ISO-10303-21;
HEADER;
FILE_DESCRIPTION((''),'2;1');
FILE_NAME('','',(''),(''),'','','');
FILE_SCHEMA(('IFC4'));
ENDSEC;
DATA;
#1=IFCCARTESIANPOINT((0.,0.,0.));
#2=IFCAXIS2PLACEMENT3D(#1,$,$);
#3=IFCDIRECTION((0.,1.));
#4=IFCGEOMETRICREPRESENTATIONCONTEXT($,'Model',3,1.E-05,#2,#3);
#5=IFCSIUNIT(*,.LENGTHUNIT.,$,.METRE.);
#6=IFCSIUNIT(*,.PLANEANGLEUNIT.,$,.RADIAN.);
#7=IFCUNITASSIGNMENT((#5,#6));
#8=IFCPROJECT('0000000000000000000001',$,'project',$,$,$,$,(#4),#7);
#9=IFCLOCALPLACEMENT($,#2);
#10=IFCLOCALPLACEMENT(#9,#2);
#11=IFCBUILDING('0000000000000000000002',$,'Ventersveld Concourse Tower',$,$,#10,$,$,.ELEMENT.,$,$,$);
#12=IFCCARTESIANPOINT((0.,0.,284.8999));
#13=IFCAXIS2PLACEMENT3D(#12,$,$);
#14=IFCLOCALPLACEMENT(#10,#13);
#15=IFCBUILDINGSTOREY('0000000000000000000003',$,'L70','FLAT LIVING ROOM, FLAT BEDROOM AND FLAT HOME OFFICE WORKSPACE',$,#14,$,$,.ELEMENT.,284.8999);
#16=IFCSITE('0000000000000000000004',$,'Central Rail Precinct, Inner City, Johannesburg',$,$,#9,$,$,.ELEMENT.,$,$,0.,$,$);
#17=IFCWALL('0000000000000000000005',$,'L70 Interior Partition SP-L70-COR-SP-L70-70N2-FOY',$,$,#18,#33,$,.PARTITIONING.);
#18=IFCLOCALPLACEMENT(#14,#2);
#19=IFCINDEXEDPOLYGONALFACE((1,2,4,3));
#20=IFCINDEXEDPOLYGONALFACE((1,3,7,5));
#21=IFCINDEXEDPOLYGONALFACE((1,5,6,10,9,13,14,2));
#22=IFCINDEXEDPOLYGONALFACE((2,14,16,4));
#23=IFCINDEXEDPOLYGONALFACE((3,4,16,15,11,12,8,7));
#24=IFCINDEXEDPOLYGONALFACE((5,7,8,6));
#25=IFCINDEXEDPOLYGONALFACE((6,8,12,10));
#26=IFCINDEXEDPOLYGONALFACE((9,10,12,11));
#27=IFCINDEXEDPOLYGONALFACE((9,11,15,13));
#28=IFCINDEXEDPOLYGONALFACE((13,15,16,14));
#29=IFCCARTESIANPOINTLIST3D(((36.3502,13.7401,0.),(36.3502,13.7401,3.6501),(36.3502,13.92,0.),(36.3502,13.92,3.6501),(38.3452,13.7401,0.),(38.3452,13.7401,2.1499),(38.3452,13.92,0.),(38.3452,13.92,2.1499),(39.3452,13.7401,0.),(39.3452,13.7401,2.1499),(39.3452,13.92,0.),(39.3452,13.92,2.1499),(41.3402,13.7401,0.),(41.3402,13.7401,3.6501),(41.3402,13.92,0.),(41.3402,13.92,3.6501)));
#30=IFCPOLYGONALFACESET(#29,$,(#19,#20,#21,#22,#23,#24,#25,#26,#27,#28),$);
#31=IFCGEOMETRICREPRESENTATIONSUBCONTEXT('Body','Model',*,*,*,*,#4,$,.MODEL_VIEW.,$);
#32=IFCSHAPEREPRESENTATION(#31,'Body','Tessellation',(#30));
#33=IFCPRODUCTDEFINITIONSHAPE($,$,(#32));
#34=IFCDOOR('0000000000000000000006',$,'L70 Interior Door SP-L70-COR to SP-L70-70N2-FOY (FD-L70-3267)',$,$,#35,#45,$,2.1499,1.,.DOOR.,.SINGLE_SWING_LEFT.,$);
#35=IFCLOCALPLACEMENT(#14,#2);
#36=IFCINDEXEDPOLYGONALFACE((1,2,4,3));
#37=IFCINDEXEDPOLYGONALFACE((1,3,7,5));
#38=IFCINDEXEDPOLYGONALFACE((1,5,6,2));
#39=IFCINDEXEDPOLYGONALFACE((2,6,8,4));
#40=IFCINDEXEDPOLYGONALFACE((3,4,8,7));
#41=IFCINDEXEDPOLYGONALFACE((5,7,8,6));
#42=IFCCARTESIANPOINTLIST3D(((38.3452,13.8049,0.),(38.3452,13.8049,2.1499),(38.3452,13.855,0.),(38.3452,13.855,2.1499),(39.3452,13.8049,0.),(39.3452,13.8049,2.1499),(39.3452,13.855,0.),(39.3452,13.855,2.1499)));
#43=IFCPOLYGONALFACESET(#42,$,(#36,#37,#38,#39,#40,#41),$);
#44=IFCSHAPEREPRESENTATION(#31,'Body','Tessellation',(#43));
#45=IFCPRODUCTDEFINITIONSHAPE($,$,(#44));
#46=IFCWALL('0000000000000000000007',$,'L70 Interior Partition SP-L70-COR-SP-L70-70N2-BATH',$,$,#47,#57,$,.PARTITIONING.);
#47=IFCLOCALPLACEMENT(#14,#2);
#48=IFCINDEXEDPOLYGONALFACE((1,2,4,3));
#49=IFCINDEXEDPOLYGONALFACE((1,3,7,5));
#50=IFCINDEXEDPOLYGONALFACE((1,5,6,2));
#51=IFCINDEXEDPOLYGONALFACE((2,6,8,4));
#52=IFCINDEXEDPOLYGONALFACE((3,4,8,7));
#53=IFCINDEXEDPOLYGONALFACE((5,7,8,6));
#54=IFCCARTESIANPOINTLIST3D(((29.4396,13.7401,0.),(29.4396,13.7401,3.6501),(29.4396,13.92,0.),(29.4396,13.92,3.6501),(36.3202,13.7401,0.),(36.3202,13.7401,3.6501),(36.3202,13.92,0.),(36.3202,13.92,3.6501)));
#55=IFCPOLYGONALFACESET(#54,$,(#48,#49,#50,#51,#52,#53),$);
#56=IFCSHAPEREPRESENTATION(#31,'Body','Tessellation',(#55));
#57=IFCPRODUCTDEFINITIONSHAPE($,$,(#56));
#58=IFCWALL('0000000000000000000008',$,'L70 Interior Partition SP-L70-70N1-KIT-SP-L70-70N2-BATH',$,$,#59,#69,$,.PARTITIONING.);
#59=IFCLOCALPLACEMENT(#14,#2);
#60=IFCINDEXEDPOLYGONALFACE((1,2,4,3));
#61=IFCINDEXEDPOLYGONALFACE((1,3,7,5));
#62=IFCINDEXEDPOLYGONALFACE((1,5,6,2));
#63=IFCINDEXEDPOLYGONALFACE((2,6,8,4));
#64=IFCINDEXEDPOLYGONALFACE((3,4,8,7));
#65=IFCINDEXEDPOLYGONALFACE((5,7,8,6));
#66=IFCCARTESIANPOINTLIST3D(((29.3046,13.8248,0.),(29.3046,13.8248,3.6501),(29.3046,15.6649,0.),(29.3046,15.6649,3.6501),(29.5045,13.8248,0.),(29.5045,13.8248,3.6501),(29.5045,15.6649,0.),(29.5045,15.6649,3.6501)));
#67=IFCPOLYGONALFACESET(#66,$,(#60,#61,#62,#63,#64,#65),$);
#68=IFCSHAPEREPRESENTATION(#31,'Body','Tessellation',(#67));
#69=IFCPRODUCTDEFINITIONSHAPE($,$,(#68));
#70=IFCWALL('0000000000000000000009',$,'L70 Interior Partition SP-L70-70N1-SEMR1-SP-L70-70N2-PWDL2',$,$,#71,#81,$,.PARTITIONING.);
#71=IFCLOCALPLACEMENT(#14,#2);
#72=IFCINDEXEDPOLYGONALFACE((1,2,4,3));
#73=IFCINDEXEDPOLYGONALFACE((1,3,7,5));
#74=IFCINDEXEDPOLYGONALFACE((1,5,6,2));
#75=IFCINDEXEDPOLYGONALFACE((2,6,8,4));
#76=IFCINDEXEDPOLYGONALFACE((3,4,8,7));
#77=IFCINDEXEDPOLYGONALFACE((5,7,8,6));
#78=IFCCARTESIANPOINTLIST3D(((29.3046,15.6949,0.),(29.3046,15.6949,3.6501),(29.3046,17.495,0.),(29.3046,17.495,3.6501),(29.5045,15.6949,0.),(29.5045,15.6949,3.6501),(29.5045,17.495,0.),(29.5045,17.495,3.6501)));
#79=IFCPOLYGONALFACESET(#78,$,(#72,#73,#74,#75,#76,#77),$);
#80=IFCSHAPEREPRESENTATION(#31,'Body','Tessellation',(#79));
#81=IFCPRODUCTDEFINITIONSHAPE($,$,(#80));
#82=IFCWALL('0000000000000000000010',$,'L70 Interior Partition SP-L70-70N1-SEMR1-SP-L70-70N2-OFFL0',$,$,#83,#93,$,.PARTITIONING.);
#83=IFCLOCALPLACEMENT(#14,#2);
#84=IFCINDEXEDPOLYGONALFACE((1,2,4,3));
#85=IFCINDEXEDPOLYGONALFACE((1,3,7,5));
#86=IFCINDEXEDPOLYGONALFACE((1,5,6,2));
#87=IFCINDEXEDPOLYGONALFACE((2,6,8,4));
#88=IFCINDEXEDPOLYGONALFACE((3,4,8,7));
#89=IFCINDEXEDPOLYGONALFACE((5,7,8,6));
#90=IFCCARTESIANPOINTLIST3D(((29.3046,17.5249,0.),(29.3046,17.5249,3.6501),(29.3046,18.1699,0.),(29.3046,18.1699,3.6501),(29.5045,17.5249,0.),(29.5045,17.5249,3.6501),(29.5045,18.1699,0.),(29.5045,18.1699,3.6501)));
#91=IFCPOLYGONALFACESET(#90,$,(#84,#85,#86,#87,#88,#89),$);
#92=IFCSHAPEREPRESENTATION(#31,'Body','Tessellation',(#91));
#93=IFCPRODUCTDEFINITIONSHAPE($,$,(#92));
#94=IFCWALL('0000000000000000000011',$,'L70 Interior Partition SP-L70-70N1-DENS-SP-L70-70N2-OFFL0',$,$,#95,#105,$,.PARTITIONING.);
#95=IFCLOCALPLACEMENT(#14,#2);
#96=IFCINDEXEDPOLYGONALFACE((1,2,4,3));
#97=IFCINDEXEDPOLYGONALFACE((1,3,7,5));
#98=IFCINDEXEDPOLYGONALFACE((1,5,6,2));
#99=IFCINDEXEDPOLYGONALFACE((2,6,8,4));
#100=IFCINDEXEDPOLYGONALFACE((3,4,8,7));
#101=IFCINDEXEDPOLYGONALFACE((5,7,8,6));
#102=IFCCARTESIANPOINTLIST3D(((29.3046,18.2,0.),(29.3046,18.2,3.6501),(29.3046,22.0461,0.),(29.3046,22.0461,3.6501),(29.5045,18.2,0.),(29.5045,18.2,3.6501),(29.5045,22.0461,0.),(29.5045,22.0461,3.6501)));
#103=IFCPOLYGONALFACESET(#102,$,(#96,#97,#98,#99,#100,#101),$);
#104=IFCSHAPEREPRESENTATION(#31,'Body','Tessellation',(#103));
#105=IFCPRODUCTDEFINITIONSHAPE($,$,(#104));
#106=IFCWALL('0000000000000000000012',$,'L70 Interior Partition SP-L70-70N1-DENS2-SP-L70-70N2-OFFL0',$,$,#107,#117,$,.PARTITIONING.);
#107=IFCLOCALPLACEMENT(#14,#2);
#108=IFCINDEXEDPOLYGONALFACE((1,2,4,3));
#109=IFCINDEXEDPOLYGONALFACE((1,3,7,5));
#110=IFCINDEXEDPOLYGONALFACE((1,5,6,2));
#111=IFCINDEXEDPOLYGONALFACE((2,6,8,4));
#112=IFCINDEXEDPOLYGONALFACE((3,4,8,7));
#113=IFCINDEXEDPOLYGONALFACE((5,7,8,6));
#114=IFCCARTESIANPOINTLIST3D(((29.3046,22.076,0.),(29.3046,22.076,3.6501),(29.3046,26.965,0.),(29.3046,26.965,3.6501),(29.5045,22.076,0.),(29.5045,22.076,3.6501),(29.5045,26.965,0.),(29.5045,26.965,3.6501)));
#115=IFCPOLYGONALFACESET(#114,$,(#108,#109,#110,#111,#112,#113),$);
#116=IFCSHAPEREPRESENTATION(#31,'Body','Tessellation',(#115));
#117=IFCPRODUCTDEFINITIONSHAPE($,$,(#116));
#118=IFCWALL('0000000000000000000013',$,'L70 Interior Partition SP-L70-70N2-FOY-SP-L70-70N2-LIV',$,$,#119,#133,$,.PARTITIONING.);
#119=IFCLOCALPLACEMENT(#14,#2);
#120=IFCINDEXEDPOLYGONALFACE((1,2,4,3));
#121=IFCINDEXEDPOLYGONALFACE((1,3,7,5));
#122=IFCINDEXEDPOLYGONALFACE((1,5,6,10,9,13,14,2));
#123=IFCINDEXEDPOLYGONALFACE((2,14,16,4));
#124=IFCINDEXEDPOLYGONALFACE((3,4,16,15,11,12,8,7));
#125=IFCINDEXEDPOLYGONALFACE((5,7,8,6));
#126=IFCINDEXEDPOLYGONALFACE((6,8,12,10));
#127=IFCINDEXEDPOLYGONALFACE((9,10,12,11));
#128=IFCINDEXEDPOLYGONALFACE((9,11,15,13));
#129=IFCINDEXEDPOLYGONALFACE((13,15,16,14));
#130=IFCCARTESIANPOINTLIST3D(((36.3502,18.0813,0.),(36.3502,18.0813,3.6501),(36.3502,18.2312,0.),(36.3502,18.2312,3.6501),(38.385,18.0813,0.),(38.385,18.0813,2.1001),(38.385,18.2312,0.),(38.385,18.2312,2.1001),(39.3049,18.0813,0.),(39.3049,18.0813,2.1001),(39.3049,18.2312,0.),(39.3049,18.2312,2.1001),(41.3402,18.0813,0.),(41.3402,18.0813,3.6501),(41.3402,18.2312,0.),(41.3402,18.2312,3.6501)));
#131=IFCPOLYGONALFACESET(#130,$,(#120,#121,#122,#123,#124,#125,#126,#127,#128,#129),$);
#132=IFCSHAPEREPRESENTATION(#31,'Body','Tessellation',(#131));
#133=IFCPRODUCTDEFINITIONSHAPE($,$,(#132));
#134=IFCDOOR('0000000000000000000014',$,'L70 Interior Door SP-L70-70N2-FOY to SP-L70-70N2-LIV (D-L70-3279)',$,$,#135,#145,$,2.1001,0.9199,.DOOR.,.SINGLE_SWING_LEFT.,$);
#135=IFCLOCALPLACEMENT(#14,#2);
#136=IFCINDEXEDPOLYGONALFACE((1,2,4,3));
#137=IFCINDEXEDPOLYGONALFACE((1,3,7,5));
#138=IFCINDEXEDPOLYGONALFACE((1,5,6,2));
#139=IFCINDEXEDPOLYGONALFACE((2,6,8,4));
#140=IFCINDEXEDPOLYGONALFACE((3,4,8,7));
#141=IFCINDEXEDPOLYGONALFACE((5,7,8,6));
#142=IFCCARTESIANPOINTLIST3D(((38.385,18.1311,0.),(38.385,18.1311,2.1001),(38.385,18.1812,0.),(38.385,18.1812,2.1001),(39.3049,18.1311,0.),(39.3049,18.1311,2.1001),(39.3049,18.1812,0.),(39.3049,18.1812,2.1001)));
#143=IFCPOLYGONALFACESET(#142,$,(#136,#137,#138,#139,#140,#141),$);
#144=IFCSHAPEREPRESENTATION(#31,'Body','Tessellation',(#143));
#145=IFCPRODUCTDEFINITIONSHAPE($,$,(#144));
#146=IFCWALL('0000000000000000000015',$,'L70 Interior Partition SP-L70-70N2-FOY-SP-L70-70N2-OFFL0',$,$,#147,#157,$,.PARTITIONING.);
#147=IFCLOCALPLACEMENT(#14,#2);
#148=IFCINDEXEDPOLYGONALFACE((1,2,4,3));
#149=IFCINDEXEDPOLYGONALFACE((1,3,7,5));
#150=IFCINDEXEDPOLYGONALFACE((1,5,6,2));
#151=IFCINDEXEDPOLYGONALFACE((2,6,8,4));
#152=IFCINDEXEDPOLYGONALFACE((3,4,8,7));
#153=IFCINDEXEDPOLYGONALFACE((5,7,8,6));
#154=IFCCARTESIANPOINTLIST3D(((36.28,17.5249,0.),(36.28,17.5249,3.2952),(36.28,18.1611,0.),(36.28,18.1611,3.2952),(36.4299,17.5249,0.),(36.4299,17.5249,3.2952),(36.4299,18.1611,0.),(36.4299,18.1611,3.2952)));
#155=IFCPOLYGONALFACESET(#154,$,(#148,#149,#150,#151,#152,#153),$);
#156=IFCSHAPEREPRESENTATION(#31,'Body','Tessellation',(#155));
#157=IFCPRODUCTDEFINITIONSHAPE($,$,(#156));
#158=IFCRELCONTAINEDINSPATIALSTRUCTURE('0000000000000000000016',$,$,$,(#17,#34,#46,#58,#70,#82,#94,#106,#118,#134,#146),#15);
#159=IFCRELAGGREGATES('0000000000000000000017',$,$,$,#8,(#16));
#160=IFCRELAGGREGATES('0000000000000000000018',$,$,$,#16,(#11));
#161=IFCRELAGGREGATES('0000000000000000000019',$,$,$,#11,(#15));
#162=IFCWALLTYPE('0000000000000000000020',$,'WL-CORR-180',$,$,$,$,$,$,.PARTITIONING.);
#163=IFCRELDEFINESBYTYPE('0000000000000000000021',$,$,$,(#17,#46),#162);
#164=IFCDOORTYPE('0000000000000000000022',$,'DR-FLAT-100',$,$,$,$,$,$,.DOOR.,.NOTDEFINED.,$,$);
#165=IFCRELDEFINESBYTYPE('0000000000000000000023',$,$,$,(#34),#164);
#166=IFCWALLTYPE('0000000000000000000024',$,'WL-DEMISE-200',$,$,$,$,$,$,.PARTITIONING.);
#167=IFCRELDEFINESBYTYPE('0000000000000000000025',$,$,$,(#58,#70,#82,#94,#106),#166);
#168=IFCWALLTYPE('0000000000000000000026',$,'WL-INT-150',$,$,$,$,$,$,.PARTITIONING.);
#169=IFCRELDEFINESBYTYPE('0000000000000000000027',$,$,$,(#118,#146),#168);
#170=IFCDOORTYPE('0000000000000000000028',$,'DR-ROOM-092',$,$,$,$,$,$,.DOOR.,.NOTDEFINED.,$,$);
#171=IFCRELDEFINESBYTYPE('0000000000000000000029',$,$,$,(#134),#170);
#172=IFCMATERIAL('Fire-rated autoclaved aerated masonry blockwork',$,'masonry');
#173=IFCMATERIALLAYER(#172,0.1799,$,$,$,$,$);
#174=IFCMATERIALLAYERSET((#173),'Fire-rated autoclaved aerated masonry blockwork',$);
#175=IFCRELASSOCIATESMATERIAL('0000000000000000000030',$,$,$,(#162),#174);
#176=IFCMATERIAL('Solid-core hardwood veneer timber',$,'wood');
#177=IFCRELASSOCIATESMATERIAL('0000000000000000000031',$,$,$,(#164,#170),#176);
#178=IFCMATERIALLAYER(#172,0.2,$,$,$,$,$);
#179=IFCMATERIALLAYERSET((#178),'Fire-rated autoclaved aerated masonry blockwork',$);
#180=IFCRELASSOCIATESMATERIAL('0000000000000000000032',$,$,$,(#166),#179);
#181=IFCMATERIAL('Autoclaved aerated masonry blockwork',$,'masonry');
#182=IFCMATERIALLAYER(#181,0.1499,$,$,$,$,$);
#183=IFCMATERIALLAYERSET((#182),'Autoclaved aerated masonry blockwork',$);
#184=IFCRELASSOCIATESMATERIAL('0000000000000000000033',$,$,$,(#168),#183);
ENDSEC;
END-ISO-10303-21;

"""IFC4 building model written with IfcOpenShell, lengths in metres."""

from ifc_helpers import new_model, si_unit, direction, frame, frame_2d, origin, place, context, subcontext, project, spatial, rectangle, extrude, material, layer, layer_set, type_object, element, fill, save


model = new_model("IFC4")

# Units and contexts
model_context = context("Model", 3, precision=1e-05, world=origin(), true_north=direction((0.0, 1.0)))
body_context = subcontext(model_context, "Body", "Model", "MODEL_VIEW")
ifc_project = project(units=[si_unit("LENGTHUNIT", "METRE"), si_unit("PLANEANGLEUNIT", "RADIAN")], contexts=[model_context])

# Site, building, storey
site_placement = place(None, origin())
site = spatial("IfcSite", under=ifc_project, at=site_placement, Name="Central Rail Precinct, Inner City, Johannesburg", CompositionType="ELEMENT", RefElevation=0.0)
building_placement = place(site_placement, origin())
building = spatial("IfcBuilding", under=site, at=building_placement, Name="Ventersveld Concourse Tower", CompositionType="ELEMENT")
storey_placement = place(building_placement, frame((0.0, 0.0, 284.8999)))
storey = spatial("IfcBuildingStorey", under=building, at=storey_placement, Name="L70", Description="FLAT LIVING ROOM, FLAT BEDROOM AND FLAT HOME OFFICE WORKSPACE", CompositionType="ELEMENT", Elevation=284.8999)

# Wall, opening, door
ifc_material_1 = material(Name="Fire-rated autoclaved aerated masonry blockwork", Category="masonry")
ifc_layer_1 = layer(ifc_material_1, 0.1799)
ifc_layer_set_1 = layer_set([ifc_layer_1], Name="Fire-rated autoclaved aerated masonry blockwork")
wall_type_1 = type_object("IfcWallType", Name="WL-CORR-180", PredefinedType="PARTITIONING", material=ifc_layer_set_1)
wall_1_placement = place(storey_placement, frame((36.3501, 13.8301, 0.0), z_axis=(0.0, 0.0, 1.0), x_axis=(1.0, 0.0, 0.0)))
wall_1 = element("IfcWall", 1, at=wall_1_placement, inside=storey, type_object=wall_type_1, Name="L70 Interior Partition SP-L70-COR-SP-L70-70N2-FOY", PredefinedType="PARTITIONING", context=body_context, shape_type="SweptSolid", body=[
    extrude(rectangle(XDim=4.99, YDim=0.1799, at=frame_2d((2.4951, 0.0))), origin(), (0.0, 0.0, 1.0), 3.6501),
])
opening_1_placement = place(wall_1_placement, frame((1.9951, 0.0, 0.0)))
opening_1 = element("IfcOpeningElement", 2, at=opening_1_placement, cuts=wall_1, PredefinedType="OPENING", context=body_context, shape_type="SweptSolid", body=[
    extrude(rectangle(XDim=1.0, YDim=2.1499, at=frame_2d((0.5, 1.075))), frame((0.0, 0.1001, 0.0), z_axis=(0.0, -1.0, 0.0), x_axis=(1.0, 0.0, 0.0)), (0.0, 0.0, 1.0), 0.2),
])
ifc_material_2 = material(Name="Solid-core hardwood veneer timber", Category="wood")
door_type_1 = type_object("IfcDoorType", Name="DR-FLAT-100", OperationType="NOTDEFINED", PredefinedType="DOOR", material=ifc_material_2)
door_1_placement = place(opening_1_placement, origin())
door_1 = element("IfcDoor", 3, at=door_1_placement, inside=storey, type_object=door_type_1, Name="L70 Interior Door SP-L70-COR to SP-L70-70N2-FOY (FD-L70-3267)", OperationType="SINGLE_SWING_LEFT", OverallHeight=2.1499, OverallWidth=1.0, PredefinedType="DOOR", context=body_context, shape_type="SweptSolid", body=[
    extrude(rectangle(XDim=1.0, YDim=2.1499, at=frame_2d((0.5, 1.075))), frame((0.0, 0.0249, 0.0), z_axis=(0.0, -1.0, 0.0), x_axis=(1.0, 0.0, 0.0)), (0.0, 0.0, 1.0), 0.05),
])
fill(opening_1, door_1)

# Walls
wall_2_placement = place(storey_placement, frame((29.4395, 13.8301, 0.0), z_axis=(0.0, 0.0, 1.0), x_axis=(1.0, 0.0, 0.0)))
element("IfcWall", 4, at=wall_2_placement, inside=storey, type_object=wall_type_1, Name="L70 Interior Partition SP-L70-COR-SP-L70-70N2-BATH", PredefinedType="PARTITIONING", context=body_context, shape_type="SweptSolid", body=[
    extrude(rectangle(XDim=6.8806, YDim=0.1799, at=frame_2d((3.4404, 0.0))), origin(), (0.0, 0.0, 1.0), 3.6501),
])
ifc_layer_2 = layer(ifc_material_1, 0.2)
ifc_layer_set_2 = layer_set([ifc_layer_2], Name="Fire-rated autoclaved aerated masonry blockwork")
wall_type_2 = type_object("IfcWallType", Name="WL-DEMISE-200", PredefinedType="PARTITIONING", material=ifc_layer_set_2)
wall_3_placement = place(storey_placement, frame((29.4045, 13.825, 0.0), z_axis=(0.0, 0.0, 1.0), x_axis=(0.0, 1.0, 0.0)))
element("IfcWall", 5, at=wall_3_placement, inside=storey, type_object=wall_type_2, Name="L70 Interior Partition SP-L70-70N1-KIT-SP-L70-70N2-BATH", PredefinedType="PARTITIONING", context=body_context, shape_type="SweptSolid", body=[
    extrude(rectangle(XDim=1.8401, YDim=0.2, at=frame_2d((0.9199, 0.0))), origin(), (0.0, 0.0, 1.0), 3.6501),
])
wall_4_placement = place(storey_placement, frame((29.4045, 15.6951, 0.0), z_axis=(0.0, 0.0, 1.0), x_axis=(0.0, 1.0, 0.0)))
element("IfcWall", 6, at=wall_4_placement, inside=storey, type_object=wall_type_2, Name="L70 Interior Partition SP-L70-70N1-SEMR1-SP-L70-70N2-PWDL2", PredefinedType="PARTITIONING", context=body_context, shape_type="SweptSolid", body=[
    extrude(rectangle(XDim=1.8, YDim=0.2, at=frame_2d((0.8999, 0.0))), origin(), (0.0, 0.0, 1.0), 3.6501),
])
wall_5_placement = place(storey_placement, frame((29.4045, 17.5249, 0.0), z_axis=(0.0, 0.0, 1.0), x_axis=(0.0, 1.0, 0.0)))
element("IfcWall", 7, at=wall_5_placement, inside=storey, type_object=wall_type_2, Name="L70 Interior Partition SP-L70-70N1-SEMR1-SP-L70-70N2-OFFL0", PredefinedType="PARTITIONING", context=body_context, shape_type="SweptSolid", body=[
    extrude(rectangle(XDim=0.645, YDim=0.2, at=frame_2d((0.3225, 0.0))), origin(), (0.0, 0.0, 1.0), 3.6501),
])
wall_6_placement = place(storey_placement, frame((29.4045, 18.2, 0.0), z_axis=(0.0, 0.0, 1.0), x_axis=(0.0, 1.0, 0.0)))
element("IfcWall", 8, at=wall_6_placement, inside=storey, type_object=wall_type_2, Name="L70 Interior Partition SP-L70-70N1-DENS-SP-L70-70N2-OFFL0", PredefinedType="PARTITIONING", context=body_context, shape_type="SweptSolid", body=[
    extrude(rectangle(XDim=3.8462, YDim=0.2, at=frame_2d((1.9231, 0.0))), origin(), (0.0, 0.0, 1.0), 3.6501),
])
wall_7_placement = place(storey_placement, frame((29.4045, 22.0762, 0.0), z_axis=(0.0, 0.0, 1.0), x_axis=(0.0, 1.0, 0.0)))
element("IfcWall", 9, at=wall_7_placement, inside=storey, type_object=wall_type_2, Name="L70 Interior Partition SP-L70-70N1-DENS2-SP-L70-70N2-OFFL0", PredefinedType="PARTITIONING", context=body_context, shape_type="SweptSolid", body=[
    extrude(rectangle(XDim=4.8889, YDim=0.2, at=frame_2d((2.4443, 0.0))), origin(), (0.0, 0.0, 1.0), 3.6501),
])

# Wall, opening, door
ifc_material_3 = material(Name="Autoclaved aerated masonry blockwork", Category="masonry")
ifc_layer_3 = layer(ifc_material_3, 0.1499)
ifc_layer_set_3 = layer_set([ifc_layer_3], Name="Autoclaved aerated masonry blockwork")
wall_type_3 = type_object("IfcWallType", Name="WL-INT-150", PredefinedType="PARTITIONING", material=ifc_layer_set_3)
wall_8_placement = place(storey_placement, frame((36.3501, 18.1562, 0.0), z_axis=(0.0, 0.0, 1.0), x_axis=(1.0, 0.0, 0.0)))
wall_8 = element("IfcWall", 10, at=wall_8_placement, inside=storey, type_object=wall_type_3, Name="L70 Interior Partition SP-L70-70N2-FOY-SP-L70-70N2-LIV", PredefinedType="PARTITIONING", context=body_context, shape_type="SweptSolid", body=[
    extrude(rectangle(XDim=4.99, YDim=0.1499, at=frame_2d((2.4951, 0.0))), origin(), (0.0, 0.0, 1.0), 3.6501),
])
opening_2_placement = place(wall_8_placement, frame((2.0349, 0.0, 0.0)))
opening_2 = element("IfcOpeningElement", 11, at=opening_2_placement, cuts=wall_8, PredefinedType="OPENING", context=body_context, shape_type="SweptSolid", body=[
    extrude(rectangle(XDim=0.9199, YDim=2.1001, at=frame_2d((0.46, 1.05))), frame((0.0, 0.085, 0.0), z_axis=(0.0, -1.0, 0.0), x_axis=(1.0, 0.0, 0.0)), (0.0, 0.0, 1.0), 0.1699),
])
door_type_2 = type_object("IfcDoorType", Name="DR-ROOM-092", OperationType="NOTDEFINED", PredefinedType="DOOR", material=ifc_material_2)
door_2_placement = place(opening_2_placement, origin())
door_2 = element("IfcDoor", 12, at=door_2_placement, inside=storey, type_object=door_type_2, Name="L70 Interior Door SP-L70-70N2-FOY to SP-L70-70N2-LIV (D-L70-3279)", OperationType="SINGLE_SWING_LEFT", OverallHeight=2.1001, OverallWidth=0.9199, PredefinedType="DOOR", context=body_context, shape_type="SweptSolid", body=[
    extrude(rectangle(XDim=0.9199, YDim=2.1001, at=frame_2d((0.46, 1.05))), frame((0.0, 0.0249, 0.0), z_axis=(0.0, -1.0, 0.0), x_axis=(1.0, 0.0, 0.0)), (0.0, 0.0, 1.0), 0.05),
])
fill(opening_2, door_2)

# Wall
wall_9_placement = place(storey_placement, frame((36.355, 17.5249, 0.0), z_axis=(0.0, 0.0, 1.0), x_axis=(0.0, 1.0, 0.0)))
element("IfcWall", 13, at=wall_9_placement, inside=storey, type_object=wall_type_3, Name="L70 Interior Partition SP-L70-70N2-FOY-SP-L70-70N2-OFFL0", PredefinedType="PARTITIONING", context=body_context, shape_type="SweptSolid", body=[
    extrude(rectangle(XDim=0.6362, YDim=0.1499, at=frame_2d((0.3181, 0.0))), origin(), (0.0, 0.0, 1.0), 3.2952),
])

save(model, "model.ifc")
